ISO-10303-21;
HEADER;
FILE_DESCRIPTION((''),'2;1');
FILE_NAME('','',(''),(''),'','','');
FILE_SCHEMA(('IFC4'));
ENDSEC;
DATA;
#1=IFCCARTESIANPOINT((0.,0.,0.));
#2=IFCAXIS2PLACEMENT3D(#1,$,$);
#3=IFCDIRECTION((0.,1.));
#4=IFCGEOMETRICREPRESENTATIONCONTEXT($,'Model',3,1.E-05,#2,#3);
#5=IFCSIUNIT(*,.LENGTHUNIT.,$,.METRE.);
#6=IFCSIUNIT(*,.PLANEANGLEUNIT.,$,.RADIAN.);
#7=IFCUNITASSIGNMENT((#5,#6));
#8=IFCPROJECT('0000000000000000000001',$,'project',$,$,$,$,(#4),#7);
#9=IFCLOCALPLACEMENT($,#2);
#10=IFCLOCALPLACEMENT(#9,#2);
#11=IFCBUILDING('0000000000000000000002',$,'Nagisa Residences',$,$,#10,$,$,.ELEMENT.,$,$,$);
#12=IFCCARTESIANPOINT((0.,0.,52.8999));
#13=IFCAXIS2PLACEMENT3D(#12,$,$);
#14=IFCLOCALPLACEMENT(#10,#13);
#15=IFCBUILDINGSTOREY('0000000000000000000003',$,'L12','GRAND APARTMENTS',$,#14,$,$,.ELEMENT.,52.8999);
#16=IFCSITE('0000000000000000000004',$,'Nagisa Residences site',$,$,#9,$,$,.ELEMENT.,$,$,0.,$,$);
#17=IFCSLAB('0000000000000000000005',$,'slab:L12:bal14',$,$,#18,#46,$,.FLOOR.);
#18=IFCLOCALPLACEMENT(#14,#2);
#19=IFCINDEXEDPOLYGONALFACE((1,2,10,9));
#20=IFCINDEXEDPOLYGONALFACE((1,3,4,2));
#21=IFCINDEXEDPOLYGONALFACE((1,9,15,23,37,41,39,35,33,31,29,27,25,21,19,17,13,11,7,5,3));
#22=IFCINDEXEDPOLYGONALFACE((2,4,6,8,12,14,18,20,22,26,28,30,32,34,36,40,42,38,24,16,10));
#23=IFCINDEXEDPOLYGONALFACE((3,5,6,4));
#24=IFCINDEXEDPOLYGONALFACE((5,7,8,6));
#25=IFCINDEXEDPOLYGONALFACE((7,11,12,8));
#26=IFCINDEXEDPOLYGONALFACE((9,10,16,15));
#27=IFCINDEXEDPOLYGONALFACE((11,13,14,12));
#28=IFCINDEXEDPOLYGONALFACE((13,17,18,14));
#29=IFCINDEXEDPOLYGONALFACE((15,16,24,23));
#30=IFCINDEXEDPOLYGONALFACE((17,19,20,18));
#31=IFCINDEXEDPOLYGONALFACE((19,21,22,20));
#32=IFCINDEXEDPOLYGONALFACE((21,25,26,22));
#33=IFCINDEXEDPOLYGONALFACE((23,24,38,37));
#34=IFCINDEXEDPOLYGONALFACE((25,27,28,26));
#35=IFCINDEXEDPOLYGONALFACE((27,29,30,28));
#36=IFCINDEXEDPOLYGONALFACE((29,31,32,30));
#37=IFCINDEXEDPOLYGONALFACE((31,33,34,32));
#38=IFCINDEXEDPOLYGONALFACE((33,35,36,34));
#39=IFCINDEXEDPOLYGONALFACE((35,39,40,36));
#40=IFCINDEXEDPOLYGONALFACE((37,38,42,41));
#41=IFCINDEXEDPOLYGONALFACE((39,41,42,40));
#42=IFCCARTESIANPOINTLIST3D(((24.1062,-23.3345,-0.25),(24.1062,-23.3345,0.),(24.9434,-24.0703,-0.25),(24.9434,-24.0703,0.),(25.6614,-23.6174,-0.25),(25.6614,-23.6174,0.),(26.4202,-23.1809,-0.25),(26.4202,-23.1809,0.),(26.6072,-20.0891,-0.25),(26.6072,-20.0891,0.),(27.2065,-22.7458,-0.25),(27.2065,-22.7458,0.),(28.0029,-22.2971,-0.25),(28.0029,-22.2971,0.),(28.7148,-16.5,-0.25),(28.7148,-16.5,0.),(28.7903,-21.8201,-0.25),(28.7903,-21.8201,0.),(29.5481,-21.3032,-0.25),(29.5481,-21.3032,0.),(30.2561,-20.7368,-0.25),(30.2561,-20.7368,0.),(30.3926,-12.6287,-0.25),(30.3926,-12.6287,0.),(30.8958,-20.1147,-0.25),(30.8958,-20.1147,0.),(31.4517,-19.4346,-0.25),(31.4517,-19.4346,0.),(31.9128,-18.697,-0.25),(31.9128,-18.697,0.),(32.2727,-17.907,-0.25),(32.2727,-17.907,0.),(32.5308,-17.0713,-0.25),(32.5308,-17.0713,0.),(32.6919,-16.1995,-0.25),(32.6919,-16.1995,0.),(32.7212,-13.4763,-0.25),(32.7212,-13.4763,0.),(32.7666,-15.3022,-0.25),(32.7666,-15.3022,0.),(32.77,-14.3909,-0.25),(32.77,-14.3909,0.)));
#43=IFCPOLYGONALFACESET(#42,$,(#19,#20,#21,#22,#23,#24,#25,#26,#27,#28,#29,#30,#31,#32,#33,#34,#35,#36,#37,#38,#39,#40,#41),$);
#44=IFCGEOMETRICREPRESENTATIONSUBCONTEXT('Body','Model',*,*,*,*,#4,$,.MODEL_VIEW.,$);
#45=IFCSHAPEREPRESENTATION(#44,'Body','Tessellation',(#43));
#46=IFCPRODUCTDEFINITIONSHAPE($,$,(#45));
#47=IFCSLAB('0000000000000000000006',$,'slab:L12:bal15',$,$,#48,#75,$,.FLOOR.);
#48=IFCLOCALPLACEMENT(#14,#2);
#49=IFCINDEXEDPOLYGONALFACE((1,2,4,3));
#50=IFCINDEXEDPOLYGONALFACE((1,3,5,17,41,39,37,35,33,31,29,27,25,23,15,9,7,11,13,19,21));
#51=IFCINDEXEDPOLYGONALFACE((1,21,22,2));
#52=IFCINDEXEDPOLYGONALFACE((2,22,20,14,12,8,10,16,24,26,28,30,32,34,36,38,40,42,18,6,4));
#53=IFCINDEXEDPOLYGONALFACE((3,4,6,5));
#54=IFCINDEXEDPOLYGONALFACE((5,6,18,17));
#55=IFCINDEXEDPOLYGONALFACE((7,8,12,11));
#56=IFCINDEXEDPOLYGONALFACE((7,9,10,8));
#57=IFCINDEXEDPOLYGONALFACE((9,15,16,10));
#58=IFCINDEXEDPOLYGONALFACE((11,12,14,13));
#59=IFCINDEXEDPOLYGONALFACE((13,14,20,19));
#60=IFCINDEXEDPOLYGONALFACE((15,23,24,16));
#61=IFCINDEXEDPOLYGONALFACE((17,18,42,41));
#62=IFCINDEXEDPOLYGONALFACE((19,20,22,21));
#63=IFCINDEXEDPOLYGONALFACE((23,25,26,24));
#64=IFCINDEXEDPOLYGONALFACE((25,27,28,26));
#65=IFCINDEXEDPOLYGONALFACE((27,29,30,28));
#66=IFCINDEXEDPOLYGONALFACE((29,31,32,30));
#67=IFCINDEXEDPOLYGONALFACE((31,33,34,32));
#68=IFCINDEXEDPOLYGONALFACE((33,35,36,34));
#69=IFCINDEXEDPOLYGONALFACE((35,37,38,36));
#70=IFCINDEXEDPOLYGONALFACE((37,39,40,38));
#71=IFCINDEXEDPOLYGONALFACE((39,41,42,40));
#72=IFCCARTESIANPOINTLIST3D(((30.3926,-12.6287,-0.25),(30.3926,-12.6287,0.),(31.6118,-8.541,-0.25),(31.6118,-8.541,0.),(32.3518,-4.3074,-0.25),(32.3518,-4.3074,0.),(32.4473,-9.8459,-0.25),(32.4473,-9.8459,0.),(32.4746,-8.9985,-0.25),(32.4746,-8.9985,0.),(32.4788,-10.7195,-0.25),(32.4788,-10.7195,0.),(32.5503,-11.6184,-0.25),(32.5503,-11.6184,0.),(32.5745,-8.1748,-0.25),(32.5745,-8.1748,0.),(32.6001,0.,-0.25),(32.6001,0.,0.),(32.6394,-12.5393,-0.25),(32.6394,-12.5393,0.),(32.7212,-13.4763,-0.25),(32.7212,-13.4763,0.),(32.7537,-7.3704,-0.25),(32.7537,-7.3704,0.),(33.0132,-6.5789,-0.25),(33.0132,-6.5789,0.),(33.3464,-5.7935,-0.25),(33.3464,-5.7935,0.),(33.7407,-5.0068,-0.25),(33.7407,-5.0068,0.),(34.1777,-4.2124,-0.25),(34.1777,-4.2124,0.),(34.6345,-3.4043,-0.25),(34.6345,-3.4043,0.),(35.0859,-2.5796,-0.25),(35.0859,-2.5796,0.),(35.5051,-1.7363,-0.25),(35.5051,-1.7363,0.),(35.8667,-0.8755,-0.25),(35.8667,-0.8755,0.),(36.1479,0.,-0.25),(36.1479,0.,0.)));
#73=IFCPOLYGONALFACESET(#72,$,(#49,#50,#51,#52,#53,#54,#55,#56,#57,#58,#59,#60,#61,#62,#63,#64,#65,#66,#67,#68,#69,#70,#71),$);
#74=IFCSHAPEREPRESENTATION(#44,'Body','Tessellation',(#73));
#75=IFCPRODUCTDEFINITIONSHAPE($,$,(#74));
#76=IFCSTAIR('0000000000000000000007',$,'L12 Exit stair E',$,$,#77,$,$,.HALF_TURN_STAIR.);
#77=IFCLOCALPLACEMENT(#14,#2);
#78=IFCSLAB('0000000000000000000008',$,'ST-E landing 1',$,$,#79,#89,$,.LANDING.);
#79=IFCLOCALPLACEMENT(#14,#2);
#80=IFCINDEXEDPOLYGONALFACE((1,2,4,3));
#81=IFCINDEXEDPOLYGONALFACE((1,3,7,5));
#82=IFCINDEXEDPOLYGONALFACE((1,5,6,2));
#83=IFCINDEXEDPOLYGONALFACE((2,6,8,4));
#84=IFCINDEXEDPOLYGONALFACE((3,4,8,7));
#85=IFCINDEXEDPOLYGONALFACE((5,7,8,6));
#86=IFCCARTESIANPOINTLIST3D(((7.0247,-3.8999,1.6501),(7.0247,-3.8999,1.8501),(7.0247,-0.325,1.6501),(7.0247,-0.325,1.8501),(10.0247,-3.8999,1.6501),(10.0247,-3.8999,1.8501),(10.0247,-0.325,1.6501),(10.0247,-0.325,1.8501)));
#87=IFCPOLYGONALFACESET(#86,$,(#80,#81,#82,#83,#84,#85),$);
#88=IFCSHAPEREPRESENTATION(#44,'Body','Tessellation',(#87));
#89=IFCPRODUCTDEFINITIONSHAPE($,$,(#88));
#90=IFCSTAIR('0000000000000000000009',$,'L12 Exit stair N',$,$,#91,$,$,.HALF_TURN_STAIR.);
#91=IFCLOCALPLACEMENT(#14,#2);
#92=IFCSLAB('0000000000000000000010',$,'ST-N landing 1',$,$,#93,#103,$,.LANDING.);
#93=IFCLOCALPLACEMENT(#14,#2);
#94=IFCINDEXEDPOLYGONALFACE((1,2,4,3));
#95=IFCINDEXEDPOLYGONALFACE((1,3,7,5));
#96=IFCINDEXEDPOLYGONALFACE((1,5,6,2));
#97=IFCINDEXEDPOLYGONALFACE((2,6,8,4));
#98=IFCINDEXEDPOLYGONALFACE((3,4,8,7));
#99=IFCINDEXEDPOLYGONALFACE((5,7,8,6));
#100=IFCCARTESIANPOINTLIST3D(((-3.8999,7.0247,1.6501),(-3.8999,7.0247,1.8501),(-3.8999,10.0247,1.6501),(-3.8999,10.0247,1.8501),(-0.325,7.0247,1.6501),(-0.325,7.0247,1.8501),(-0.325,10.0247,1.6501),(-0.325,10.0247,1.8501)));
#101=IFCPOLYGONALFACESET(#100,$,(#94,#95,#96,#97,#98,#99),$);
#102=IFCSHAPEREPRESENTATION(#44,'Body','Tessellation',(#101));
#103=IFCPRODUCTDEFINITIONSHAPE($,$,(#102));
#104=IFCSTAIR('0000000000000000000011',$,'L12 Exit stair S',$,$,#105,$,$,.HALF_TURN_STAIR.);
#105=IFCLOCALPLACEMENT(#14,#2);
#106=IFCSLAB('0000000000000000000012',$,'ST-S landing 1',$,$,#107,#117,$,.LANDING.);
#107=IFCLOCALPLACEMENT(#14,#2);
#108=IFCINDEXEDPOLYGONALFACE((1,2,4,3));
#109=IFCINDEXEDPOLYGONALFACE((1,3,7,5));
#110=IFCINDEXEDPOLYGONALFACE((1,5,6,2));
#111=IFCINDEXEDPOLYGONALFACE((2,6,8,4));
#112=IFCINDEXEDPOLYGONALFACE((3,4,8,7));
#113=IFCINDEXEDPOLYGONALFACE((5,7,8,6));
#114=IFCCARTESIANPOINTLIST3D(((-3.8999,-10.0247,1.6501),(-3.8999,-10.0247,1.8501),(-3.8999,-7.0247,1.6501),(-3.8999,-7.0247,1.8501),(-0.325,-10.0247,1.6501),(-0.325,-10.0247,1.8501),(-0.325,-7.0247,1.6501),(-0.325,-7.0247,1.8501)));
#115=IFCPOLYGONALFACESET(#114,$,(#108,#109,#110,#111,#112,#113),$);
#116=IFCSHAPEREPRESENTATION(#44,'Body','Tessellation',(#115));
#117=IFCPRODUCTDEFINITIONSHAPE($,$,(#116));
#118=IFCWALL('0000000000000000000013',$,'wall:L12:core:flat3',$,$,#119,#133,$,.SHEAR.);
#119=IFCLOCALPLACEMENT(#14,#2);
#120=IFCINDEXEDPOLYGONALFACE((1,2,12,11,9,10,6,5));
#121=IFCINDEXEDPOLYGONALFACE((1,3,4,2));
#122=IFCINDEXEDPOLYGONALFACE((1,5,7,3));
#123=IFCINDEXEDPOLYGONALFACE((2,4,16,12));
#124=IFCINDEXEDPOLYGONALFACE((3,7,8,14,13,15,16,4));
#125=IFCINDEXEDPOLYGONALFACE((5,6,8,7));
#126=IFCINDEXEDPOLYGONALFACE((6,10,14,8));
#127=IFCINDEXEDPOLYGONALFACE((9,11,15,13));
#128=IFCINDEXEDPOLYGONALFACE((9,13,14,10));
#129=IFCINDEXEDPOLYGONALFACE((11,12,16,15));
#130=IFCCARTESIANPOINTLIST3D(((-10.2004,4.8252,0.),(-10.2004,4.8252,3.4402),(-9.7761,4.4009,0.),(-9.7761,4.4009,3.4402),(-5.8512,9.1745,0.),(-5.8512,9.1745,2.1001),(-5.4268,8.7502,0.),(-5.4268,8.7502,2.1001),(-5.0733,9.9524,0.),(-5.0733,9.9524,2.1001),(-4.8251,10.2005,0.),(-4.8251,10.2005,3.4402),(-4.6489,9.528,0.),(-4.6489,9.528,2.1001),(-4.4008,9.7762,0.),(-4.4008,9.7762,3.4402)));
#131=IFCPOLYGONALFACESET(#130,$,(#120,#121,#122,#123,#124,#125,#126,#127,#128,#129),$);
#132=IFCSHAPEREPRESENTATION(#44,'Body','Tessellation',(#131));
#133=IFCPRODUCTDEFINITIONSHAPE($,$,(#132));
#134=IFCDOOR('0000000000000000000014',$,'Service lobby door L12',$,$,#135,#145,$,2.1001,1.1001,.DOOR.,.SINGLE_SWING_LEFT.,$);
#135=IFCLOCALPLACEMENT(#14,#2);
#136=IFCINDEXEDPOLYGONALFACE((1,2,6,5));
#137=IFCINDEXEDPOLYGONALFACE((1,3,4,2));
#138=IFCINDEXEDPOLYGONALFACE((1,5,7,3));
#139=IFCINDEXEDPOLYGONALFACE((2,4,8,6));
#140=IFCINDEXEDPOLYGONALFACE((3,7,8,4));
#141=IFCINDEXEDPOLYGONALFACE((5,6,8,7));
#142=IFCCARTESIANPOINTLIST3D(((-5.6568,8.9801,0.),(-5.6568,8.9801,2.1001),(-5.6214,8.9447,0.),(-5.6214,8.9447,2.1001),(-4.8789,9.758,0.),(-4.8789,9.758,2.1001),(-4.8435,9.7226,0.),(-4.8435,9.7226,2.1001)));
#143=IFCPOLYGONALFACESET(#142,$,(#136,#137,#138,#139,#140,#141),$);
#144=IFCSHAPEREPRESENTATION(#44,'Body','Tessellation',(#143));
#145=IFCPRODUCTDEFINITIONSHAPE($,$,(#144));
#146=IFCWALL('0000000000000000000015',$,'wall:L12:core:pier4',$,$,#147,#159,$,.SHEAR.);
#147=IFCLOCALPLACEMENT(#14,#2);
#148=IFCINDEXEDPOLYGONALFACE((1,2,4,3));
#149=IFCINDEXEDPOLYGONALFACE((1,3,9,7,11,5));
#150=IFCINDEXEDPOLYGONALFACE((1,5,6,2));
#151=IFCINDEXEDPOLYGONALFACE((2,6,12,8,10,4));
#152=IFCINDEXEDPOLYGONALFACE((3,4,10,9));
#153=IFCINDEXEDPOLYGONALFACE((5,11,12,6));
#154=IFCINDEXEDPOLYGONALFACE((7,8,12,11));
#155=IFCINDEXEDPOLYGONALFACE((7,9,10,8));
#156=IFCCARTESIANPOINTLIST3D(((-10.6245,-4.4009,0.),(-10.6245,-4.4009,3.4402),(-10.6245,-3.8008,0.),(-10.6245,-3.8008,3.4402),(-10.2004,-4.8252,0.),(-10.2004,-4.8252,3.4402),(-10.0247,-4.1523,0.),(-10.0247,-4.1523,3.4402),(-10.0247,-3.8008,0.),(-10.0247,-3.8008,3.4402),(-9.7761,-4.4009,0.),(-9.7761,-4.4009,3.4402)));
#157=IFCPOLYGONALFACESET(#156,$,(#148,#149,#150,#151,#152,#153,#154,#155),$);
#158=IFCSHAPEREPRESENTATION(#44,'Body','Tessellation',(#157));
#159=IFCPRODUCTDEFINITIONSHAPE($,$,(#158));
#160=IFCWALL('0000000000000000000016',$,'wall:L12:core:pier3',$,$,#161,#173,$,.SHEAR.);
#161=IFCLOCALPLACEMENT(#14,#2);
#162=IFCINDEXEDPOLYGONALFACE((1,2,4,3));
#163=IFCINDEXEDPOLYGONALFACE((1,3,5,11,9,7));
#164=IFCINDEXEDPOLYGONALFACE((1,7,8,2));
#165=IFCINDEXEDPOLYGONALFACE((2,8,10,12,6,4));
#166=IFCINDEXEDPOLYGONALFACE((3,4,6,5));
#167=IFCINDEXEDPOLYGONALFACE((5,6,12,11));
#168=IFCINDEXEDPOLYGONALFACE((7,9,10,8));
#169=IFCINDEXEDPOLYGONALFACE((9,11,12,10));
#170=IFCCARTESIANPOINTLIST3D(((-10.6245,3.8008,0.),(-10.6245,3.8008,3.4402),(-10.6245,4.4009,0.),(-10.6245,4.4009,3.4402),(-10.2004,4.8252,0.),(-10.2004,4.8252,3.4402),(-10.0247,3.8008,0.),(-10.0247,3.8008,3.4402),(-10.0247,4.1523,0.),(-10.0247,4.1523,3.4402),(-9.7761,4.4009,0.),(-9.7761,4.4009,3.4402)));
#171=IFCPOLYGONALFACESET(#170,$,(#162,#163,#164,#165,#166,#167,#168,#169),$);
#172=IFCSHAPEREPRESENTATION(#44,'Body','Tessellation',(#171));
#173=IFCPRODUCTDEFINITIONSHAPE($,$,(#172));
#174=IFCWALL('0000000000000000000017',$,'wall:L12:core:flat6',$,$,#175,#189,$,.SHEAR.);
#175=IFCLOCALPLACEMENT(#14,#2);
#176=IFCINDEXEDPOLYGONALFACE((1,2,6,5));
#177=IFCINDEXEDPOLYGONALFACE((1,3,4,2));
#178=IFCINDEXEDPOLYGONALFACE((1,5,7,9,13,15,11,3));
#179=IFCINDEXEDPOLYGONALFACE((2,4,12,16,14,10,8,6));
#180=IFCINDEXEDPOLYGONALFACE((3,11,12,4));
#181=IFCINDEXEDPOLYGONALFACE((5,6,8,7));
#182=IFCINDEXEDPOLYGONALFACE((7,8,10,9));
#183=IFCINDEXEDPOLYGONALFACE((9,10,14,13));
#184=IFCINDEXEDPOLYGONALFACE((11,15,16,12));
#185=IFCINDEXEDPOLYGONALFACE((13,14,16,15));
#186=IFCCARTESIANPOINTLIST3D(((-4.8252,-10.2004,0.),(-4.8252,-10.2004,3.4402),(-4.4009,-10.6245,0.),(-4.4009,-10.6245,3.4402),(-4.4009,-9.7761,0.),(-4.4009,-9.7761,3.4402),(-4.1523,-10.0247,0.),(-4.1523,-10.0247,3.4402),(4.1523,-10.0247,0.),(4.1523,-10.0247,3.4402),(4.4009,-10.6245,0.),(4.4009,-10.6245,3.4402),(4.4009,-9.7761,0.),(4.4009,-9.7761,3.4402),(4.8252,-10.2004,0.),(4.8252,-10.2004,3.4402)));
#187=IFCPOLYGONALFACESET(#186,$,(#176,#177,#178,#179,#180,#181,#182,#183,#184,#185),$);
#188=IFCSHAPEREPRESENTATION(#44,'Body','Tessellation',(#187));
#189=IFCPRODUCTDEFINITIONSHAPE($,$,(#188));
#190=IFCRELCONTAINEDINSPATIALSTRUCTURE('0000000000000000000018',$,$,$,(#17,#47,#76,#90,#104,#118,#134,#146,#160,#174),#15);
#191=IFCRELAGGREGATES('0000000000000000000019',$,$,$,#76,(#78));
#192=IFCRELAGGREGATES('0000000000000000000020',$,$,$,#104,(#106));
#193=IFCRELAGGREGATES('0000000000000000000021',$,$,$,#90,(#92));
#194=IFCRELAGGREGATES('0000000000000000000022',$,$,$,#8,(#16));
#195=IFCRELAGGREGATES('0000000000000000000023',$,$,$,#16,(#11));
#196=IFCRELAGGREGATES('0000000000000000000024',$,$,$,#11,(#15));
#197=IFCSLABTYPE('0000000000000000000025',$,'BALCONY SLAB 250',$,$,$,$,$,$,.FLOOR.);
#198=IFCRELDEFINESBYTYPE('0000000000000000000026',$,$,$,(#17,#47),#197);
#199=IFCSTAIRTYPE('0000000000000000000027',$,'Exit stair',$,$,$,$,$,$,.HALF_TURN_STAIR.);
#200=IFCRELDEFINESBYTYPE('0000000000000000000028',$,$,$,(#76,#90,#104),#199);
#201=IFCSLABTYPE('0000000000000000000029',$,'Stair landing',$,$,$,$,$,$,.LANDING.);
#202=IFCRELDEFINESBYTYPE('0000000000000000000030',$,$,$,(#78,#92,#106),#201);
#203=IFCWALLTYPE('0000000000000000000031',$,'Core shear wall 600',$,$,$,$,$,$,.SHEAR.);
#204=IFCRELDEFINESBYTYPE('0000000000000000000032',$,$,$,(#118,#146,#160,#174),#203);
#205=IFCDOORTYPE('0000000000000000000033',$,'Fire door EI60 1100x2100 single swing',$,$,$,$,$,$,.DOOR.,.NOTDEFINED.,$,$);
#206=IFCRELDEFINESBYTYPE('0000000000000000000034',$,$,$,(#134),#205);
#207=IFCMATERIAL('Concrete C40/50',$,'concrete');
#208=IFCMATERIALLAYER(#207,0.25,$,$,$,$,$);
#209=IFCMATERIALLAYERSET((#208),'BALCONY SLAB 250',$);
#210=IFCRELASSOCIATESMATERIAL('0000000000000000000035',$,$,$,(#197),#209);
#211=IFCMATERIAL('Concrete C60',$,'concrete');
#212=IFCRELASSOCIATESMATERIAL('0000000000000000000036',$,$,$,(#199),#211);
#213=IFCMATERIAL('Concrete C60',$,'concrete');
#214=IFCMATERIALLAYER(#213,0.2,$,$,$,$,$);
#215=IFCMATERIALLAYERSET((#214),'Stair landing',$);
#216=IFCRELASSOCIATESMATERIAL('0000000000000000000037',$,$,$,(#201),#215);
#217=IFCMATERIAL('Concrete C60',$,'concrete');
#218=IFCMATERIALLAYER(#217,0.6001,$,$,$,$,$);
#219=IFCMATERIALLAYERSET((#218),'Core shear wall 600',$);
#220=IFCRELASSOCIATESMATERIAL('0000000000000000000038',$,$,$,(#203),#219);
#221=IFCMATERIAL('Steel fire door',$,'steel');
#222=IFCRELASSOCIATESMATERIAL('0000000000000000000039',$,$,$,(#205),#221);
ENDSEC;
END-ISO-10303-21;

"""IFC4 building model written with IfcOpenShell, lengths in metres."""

from ifc_helpers import new_model, si_unit, direction, frame, frame_2d, origin, place, context, subcontext, project, spatial, polyline, rectangle, outline, extrude, material, layer, layer_set, type_object, element, fill, aggregate, save


model = new_model("IFC4")

# Units and contexts
model_context = context("Model", 3, precision=1e-05, world=origin(), true_north=direction((0.0, 1.0)))
body_context = subcontext(model_context, "Body", "Model", "MODEL_VIEW")
ifc_project = project(units=[si_unit("LENGTHUNIT", "METRE"), si_unit("PLANEANGLEUNIT", "RADIAN")], contexts=[model_context])

# Site, building, storey
site_placement = place(None, origin())
site = spatial("IfcSite", under=ifc_project, at=site_placement, Name="Nagisa Residences site", CompositionType="ELEMENT", RefElevation=0.0)
building_placement = place(site_placement, origin())
building = spatial("IfcBuilding", under=site, at=building_placement, Name="Nagisa Residences", CompositionType="ELEMENT")
storey_placement = place(building_placement, frame((0.0, 0.0, 52.8999)))
storey = spatial("IfcBuildingStorey", under=building, at=storey_placement, Name="L12", Description="GRAND APARTMENTS", CompositionType="ELEMENT", Elevation=52.8999)

# Slabs
ifc_material_1 = material(Name="Concrete C40/50", Category="concrete")
ifc_layer_1 = layer(ifc_material_1, 0.25)
ifc_layer_set_1 = layer_set([ifc_layer_1], Name="BALCONY SLAB 250")
slab_type_1 = type_object("IfcSlabType", Name="BALCONY SLAB 250", PredefinedType="FLOOR", material=ifc_layer_set_1)
slab_1_placement = place(storey_placement, frame((0.0, 0.0, -0.25)))
element("IfcSlab", 1, at=slab_1_placement, inside=storey, type_object=slab_type_1, Name="slab:L12:bal14", PredefinedType="FLOOR", context=body_context, shape_type="SweptSolid", body=[
    extrude(outline(polyline([(24.9434, -24.0703), (25.6614, -23.6174), (26.4202, -23.1809), (27.2065, -22.7458), (28.0029, -22.2971), (28.7903, -21.8201), (29.5481, -21.3032), (30.2561, -20.7368), (30.8958, -20.1147), (31.4517, -19.4346), (31.9128, -18.697), (32.2727, -17.907), (32.5308, -17.0713), (32.6919, -16.1995), (32.7666, -15.3022), (32.77, -14.3909), (32.7212, -13.4763), (30.3926, -12.6287), (28.7148, -16.5), (26.6072, -20.0891), (24.1062, -23.3345), (24.9434, -24.0703)])), origin(), (0.0, 0.0, 1.0), 0.25),
])
slab_2_placement = place(storey_placement, frame((0.0, 0.0, -0.25)))
element("IfcSlab", 2, at=slab_2_placement, inside=storey, type_object=slab_type_1, Name="slab:L12:bal15", PredefinedType="FLOOR", context=body_context, shape_type="SweptSolid", body=[
    extrude(outline(polyline([(32.7212, -13.4763), (32.6394, -12.5393), (32.5503, -11.6184), (32.4788, -10.7195), (32.4473, -9.8459), (32.4746, -8.9985), (32.5745, -8.1748), (32.7537, -7.3704), (33.0132, -6.5789), (33.3464, -5.7935), (33.7407, -5.0068), (34.1777, -4.2124), (34.6345, -3.4043), (35.0859, -2.5796), (35.5051, -1.7363), (35.8667, -0.8755), (36.1479, 0.0), (32.6001, 0.0), (32.3518, -4.3074), (31.6118, -8.541), (30.3926, -12.6287), (32.7212, -13.4763)])), origin(), (0.0, 0.0, 1.0), 0.25),
])

# Stairs, slabs
ifc_material_2 = material(Name="Concrete C60", Category="concrete")
stair_type = type_object("IfcStairType", Name="Exit stair", PredefinedType="HALF_TURN_STAIR", material=ifc_material_2)
stair_1_placement = place(storey_placement, origin())
stair_1 = element("IfcStair", 3, at=stair_1_placement, inside=storey, type_object=stair_type, Name="L12 Exit stair E", PredefinedType="HALF_TURN_STAIR")
ifc_material_3 = material(Name="Concrete C60", Category="concrete")
ifc_layer_2 = layer(ifc_material_3, 0.2)
ifc_layer_set_2 = layer_set([ifc_layer_2], Name="Stair landing")
slab_type_2 = type_object("IfcSlabType", Name="Stair landing", PredefinedType="LANDING", material=ifc_layer_set_2)
slab_3_placement = place(storey_placement, frame((0.0, 0.0, 1.6501)))
slab_3 = element("IfcSlab", 4, at=slab_3_placement, type_object=slab_type_2, Name="ST-E landing 1", PredefinedType="LANDING", context=body_context, shape_type="SweptSolid", body=[
    extrude(outline(polyline([(7.0247, -0.325), (7.0247, -3.8999), (10.0247, -3.8999), (10.0247, -0.325), (7.0247, -0.325)])), origin(), (0.0, 0.0, 1.0), 0.2),
])
aggregate(stair_1, [slab_3])
stair_2_placement = place(storey_placement, origin())
stair_2 = element("IfcStair", 5, at=stair_2_placement, inside=storey, type_object=stair_type, Name="L12 Exit stair N", PredefinedType="HALF_TURN_STAIR")
slab_4_placement = place(storey_placement, frame((0.0, 0.0, 1.6501)))
slab_4 = element("IfcSlab", 6, at=slab_4_placement, type_object=slab_type_2, Name="ST-N landing 1", PredefinedType="LANDING", context=body_context, shape_type="SweptSolid", body=[
    extrude(outline(polyline([(-0.325, 10.0247), (-3.8999, 10.0247), (-3.8999, 7.0247), (-0.325, 7.0247), (-0.325, 10.0247)])), origin(), (0.0, 0.0, 1.0), 0.2),
])
stair_3_placement = place(storey_placement, origin())
stair_3 = element("IfcStair", 7, at=stair_3_placement, inside=storey, type_object=stair_type, Name="L12 Exit stair S", PredefinedType="HALF_TURN_STAIR")
slab_5_placement = place(storey_placement, frame((0.0, 0.0, 1.6501)))
slab_5 = element("IfcSlab", 8, at=slab_5_placement, type_object=slab_type_2, Name="ST-S landing 1", PredefinedType="LANDING", context=body_context, shape_type="SweptSolid", body=[
    extrude(outline(polyline([(-0.325, -7.0247), (-3.8999, -7.0247), (-3.8999, -10.0247), (-0.325, -10.0247), (-0.325, -7.0247)])), origin(), (0.0, 0.0, 1.0), 0.2),
])
aggregate(stair_3, [slab_5])

# Wall, opening, door
ifc_material_4 = material(Name="Concrete C60", Category="concrete")
ifc_layer_3 = layer(ifc_material_4, 0.6001)
ifc_layer_set_3 = layer_set([ifc_layer_3], Name="Core shear wall 600")
wall_type_1 = type_object("IfcWallType", Name="Core shear wall 600", PredefinedType="SHEAR", material=ifc_layer_set_3)
wall_1_placement = place(storey_placement, frame((-4.613, 9.9883, 0.0), z_axis=(0.0, 0.0, 1.0), x_axis=(-0.707107, -0.707107, 0.0)))
wall_1 = element("IfcWall", 9, at=wall_1_placement, inside=storey, type_object=wall_type_1, Name="wall:L12:core:flat3", PredefinedType="SHEAR", context=body_context, shape_type="SweptSolid", body=[
    extrude(rectangle(XDim=7.6018, YDim=0.6001, at=frame_2d((3.8008, 0.0))), origin(), (0.0, 0.0, 1.0), 3.4402),
])
opening_1_placement = place(wall_1_placement, frame((0.3508, 0.0, 0.0)))
opening_1 = element("IfcOpeningElement", 10, at=opening_1_placement, cuts=wall_1, PredefinedType="OPENING", context=body_context, shape_type="SweptSolid", body=[
    extrude(rectangle(XDim=1.1001, YDim=2.1001, at=frame_2d((0.55, 1.05))), frame((0.0, 0.3101, 0.0), z_axis=(0.0, -1.0, 0.0), x_axis=(1.0, 0.0, 0.0)), (0.0, 0.0, 1.0), 0.6201),
])
ifc_material_5 = material(Name="Steel fire door", Category="steel")
door_type_1 = type_object("IfcDoorType", Name="Fire door EI60 1100x2100 single swing", OperationType="NOTDEFINED", PredefinedType="DOOR", material=ifc_material_5)
door_1_placement = place(opening_1_placement, origin())
door_1 = element("IfcDoor", 11, at=door_1_placement, inside=storey, type_object=door_type_1, Name="Service lobby door L12", OperationType="SINGLE_SWING_LEFT", OverallHeight=2.1001, OverallWidth=1.1001, PredefinedType="DOOR", context=body_context, shape_type="SweptSolid", body=[
    extrude(rectangle(XDim=1.1001, YDim=2.1001, at=frame_2d((0.55, 1.05))), frame((0.0, 0.0249, 0.0), z_axis=(0.0, -1.0, 0.0), x_axis=(1.0, 0.0, 0.0)), (0.0, 0.0, 1.0), 0.05),
])
fill(opening_1, door_1)

# Walls
wall_2_placement = place(storey_placement, origin())
element("IfcWall", 12, at=wall_2_placement, inside=storey, type_object=wall_type_1, Name="wall:L12:core:pier4", PredefinedType="SHEAR", context=body_context, shape_type="SweptSolid", body=[
    extrude(outline(polyline([(-10.6245, -3.8008), (-10.0247, -3.8008), (-10.0247, -4.1523), (-9.7761, -4.4009), (-10.2004, -4.8252), (-10.6245, -4.4009), (-10.6245, -3.8008)])), origin(), (0.0, 0.0, 1.0), 3.4402),
])
wall_3_placement = place(storey_placement, origin())
element("IfcWall", 13, at=wall_3_placement, inside=storey, type_object=wall_type_1, Name="wall:L12:core:pier3", PredefinedType="SHEAR", context=body_context, shape_type="SweptSolid", body=[
    extrude(outline(polyline([(-10.2004, 4.8252), (-9.7761, 4.4009), (-10.0247, 4.1523), (-10.0247, 3.8008), (-10.6245, 3.8008), (-10.6245, 4.4009), (-10.2004, 4.8252)])), origin(), (0.0, 0.0, 1.0), 3.4402),
])
wall_4_placement = place(storey_placement, origin())
element("IfcWall", 14, at=wall_4_placement, inside=storey, type_object=wall_type_1, Name="wall:L12:core:flat6", PredefinedType="SHEAR", context=body_context, shape_type="SweptSolid", body=[
    extrude(outline(polyline([(-4.1523, -10.0247), (4.1523, -10.0247), (4.4009, -9.7761), (4.8252, -10.2004), (4.4009, -10.6245), (-4.4009, -10.6245), (-4.8252, -10.2004), (-4.4009, -9.7761), (-4.1523, -10.0247)])), origin(), (0.0, 0.0, 1.0), 3.4402),
])

aggregate(stair_2, [slab_4])

save(model, "model.ifc")
